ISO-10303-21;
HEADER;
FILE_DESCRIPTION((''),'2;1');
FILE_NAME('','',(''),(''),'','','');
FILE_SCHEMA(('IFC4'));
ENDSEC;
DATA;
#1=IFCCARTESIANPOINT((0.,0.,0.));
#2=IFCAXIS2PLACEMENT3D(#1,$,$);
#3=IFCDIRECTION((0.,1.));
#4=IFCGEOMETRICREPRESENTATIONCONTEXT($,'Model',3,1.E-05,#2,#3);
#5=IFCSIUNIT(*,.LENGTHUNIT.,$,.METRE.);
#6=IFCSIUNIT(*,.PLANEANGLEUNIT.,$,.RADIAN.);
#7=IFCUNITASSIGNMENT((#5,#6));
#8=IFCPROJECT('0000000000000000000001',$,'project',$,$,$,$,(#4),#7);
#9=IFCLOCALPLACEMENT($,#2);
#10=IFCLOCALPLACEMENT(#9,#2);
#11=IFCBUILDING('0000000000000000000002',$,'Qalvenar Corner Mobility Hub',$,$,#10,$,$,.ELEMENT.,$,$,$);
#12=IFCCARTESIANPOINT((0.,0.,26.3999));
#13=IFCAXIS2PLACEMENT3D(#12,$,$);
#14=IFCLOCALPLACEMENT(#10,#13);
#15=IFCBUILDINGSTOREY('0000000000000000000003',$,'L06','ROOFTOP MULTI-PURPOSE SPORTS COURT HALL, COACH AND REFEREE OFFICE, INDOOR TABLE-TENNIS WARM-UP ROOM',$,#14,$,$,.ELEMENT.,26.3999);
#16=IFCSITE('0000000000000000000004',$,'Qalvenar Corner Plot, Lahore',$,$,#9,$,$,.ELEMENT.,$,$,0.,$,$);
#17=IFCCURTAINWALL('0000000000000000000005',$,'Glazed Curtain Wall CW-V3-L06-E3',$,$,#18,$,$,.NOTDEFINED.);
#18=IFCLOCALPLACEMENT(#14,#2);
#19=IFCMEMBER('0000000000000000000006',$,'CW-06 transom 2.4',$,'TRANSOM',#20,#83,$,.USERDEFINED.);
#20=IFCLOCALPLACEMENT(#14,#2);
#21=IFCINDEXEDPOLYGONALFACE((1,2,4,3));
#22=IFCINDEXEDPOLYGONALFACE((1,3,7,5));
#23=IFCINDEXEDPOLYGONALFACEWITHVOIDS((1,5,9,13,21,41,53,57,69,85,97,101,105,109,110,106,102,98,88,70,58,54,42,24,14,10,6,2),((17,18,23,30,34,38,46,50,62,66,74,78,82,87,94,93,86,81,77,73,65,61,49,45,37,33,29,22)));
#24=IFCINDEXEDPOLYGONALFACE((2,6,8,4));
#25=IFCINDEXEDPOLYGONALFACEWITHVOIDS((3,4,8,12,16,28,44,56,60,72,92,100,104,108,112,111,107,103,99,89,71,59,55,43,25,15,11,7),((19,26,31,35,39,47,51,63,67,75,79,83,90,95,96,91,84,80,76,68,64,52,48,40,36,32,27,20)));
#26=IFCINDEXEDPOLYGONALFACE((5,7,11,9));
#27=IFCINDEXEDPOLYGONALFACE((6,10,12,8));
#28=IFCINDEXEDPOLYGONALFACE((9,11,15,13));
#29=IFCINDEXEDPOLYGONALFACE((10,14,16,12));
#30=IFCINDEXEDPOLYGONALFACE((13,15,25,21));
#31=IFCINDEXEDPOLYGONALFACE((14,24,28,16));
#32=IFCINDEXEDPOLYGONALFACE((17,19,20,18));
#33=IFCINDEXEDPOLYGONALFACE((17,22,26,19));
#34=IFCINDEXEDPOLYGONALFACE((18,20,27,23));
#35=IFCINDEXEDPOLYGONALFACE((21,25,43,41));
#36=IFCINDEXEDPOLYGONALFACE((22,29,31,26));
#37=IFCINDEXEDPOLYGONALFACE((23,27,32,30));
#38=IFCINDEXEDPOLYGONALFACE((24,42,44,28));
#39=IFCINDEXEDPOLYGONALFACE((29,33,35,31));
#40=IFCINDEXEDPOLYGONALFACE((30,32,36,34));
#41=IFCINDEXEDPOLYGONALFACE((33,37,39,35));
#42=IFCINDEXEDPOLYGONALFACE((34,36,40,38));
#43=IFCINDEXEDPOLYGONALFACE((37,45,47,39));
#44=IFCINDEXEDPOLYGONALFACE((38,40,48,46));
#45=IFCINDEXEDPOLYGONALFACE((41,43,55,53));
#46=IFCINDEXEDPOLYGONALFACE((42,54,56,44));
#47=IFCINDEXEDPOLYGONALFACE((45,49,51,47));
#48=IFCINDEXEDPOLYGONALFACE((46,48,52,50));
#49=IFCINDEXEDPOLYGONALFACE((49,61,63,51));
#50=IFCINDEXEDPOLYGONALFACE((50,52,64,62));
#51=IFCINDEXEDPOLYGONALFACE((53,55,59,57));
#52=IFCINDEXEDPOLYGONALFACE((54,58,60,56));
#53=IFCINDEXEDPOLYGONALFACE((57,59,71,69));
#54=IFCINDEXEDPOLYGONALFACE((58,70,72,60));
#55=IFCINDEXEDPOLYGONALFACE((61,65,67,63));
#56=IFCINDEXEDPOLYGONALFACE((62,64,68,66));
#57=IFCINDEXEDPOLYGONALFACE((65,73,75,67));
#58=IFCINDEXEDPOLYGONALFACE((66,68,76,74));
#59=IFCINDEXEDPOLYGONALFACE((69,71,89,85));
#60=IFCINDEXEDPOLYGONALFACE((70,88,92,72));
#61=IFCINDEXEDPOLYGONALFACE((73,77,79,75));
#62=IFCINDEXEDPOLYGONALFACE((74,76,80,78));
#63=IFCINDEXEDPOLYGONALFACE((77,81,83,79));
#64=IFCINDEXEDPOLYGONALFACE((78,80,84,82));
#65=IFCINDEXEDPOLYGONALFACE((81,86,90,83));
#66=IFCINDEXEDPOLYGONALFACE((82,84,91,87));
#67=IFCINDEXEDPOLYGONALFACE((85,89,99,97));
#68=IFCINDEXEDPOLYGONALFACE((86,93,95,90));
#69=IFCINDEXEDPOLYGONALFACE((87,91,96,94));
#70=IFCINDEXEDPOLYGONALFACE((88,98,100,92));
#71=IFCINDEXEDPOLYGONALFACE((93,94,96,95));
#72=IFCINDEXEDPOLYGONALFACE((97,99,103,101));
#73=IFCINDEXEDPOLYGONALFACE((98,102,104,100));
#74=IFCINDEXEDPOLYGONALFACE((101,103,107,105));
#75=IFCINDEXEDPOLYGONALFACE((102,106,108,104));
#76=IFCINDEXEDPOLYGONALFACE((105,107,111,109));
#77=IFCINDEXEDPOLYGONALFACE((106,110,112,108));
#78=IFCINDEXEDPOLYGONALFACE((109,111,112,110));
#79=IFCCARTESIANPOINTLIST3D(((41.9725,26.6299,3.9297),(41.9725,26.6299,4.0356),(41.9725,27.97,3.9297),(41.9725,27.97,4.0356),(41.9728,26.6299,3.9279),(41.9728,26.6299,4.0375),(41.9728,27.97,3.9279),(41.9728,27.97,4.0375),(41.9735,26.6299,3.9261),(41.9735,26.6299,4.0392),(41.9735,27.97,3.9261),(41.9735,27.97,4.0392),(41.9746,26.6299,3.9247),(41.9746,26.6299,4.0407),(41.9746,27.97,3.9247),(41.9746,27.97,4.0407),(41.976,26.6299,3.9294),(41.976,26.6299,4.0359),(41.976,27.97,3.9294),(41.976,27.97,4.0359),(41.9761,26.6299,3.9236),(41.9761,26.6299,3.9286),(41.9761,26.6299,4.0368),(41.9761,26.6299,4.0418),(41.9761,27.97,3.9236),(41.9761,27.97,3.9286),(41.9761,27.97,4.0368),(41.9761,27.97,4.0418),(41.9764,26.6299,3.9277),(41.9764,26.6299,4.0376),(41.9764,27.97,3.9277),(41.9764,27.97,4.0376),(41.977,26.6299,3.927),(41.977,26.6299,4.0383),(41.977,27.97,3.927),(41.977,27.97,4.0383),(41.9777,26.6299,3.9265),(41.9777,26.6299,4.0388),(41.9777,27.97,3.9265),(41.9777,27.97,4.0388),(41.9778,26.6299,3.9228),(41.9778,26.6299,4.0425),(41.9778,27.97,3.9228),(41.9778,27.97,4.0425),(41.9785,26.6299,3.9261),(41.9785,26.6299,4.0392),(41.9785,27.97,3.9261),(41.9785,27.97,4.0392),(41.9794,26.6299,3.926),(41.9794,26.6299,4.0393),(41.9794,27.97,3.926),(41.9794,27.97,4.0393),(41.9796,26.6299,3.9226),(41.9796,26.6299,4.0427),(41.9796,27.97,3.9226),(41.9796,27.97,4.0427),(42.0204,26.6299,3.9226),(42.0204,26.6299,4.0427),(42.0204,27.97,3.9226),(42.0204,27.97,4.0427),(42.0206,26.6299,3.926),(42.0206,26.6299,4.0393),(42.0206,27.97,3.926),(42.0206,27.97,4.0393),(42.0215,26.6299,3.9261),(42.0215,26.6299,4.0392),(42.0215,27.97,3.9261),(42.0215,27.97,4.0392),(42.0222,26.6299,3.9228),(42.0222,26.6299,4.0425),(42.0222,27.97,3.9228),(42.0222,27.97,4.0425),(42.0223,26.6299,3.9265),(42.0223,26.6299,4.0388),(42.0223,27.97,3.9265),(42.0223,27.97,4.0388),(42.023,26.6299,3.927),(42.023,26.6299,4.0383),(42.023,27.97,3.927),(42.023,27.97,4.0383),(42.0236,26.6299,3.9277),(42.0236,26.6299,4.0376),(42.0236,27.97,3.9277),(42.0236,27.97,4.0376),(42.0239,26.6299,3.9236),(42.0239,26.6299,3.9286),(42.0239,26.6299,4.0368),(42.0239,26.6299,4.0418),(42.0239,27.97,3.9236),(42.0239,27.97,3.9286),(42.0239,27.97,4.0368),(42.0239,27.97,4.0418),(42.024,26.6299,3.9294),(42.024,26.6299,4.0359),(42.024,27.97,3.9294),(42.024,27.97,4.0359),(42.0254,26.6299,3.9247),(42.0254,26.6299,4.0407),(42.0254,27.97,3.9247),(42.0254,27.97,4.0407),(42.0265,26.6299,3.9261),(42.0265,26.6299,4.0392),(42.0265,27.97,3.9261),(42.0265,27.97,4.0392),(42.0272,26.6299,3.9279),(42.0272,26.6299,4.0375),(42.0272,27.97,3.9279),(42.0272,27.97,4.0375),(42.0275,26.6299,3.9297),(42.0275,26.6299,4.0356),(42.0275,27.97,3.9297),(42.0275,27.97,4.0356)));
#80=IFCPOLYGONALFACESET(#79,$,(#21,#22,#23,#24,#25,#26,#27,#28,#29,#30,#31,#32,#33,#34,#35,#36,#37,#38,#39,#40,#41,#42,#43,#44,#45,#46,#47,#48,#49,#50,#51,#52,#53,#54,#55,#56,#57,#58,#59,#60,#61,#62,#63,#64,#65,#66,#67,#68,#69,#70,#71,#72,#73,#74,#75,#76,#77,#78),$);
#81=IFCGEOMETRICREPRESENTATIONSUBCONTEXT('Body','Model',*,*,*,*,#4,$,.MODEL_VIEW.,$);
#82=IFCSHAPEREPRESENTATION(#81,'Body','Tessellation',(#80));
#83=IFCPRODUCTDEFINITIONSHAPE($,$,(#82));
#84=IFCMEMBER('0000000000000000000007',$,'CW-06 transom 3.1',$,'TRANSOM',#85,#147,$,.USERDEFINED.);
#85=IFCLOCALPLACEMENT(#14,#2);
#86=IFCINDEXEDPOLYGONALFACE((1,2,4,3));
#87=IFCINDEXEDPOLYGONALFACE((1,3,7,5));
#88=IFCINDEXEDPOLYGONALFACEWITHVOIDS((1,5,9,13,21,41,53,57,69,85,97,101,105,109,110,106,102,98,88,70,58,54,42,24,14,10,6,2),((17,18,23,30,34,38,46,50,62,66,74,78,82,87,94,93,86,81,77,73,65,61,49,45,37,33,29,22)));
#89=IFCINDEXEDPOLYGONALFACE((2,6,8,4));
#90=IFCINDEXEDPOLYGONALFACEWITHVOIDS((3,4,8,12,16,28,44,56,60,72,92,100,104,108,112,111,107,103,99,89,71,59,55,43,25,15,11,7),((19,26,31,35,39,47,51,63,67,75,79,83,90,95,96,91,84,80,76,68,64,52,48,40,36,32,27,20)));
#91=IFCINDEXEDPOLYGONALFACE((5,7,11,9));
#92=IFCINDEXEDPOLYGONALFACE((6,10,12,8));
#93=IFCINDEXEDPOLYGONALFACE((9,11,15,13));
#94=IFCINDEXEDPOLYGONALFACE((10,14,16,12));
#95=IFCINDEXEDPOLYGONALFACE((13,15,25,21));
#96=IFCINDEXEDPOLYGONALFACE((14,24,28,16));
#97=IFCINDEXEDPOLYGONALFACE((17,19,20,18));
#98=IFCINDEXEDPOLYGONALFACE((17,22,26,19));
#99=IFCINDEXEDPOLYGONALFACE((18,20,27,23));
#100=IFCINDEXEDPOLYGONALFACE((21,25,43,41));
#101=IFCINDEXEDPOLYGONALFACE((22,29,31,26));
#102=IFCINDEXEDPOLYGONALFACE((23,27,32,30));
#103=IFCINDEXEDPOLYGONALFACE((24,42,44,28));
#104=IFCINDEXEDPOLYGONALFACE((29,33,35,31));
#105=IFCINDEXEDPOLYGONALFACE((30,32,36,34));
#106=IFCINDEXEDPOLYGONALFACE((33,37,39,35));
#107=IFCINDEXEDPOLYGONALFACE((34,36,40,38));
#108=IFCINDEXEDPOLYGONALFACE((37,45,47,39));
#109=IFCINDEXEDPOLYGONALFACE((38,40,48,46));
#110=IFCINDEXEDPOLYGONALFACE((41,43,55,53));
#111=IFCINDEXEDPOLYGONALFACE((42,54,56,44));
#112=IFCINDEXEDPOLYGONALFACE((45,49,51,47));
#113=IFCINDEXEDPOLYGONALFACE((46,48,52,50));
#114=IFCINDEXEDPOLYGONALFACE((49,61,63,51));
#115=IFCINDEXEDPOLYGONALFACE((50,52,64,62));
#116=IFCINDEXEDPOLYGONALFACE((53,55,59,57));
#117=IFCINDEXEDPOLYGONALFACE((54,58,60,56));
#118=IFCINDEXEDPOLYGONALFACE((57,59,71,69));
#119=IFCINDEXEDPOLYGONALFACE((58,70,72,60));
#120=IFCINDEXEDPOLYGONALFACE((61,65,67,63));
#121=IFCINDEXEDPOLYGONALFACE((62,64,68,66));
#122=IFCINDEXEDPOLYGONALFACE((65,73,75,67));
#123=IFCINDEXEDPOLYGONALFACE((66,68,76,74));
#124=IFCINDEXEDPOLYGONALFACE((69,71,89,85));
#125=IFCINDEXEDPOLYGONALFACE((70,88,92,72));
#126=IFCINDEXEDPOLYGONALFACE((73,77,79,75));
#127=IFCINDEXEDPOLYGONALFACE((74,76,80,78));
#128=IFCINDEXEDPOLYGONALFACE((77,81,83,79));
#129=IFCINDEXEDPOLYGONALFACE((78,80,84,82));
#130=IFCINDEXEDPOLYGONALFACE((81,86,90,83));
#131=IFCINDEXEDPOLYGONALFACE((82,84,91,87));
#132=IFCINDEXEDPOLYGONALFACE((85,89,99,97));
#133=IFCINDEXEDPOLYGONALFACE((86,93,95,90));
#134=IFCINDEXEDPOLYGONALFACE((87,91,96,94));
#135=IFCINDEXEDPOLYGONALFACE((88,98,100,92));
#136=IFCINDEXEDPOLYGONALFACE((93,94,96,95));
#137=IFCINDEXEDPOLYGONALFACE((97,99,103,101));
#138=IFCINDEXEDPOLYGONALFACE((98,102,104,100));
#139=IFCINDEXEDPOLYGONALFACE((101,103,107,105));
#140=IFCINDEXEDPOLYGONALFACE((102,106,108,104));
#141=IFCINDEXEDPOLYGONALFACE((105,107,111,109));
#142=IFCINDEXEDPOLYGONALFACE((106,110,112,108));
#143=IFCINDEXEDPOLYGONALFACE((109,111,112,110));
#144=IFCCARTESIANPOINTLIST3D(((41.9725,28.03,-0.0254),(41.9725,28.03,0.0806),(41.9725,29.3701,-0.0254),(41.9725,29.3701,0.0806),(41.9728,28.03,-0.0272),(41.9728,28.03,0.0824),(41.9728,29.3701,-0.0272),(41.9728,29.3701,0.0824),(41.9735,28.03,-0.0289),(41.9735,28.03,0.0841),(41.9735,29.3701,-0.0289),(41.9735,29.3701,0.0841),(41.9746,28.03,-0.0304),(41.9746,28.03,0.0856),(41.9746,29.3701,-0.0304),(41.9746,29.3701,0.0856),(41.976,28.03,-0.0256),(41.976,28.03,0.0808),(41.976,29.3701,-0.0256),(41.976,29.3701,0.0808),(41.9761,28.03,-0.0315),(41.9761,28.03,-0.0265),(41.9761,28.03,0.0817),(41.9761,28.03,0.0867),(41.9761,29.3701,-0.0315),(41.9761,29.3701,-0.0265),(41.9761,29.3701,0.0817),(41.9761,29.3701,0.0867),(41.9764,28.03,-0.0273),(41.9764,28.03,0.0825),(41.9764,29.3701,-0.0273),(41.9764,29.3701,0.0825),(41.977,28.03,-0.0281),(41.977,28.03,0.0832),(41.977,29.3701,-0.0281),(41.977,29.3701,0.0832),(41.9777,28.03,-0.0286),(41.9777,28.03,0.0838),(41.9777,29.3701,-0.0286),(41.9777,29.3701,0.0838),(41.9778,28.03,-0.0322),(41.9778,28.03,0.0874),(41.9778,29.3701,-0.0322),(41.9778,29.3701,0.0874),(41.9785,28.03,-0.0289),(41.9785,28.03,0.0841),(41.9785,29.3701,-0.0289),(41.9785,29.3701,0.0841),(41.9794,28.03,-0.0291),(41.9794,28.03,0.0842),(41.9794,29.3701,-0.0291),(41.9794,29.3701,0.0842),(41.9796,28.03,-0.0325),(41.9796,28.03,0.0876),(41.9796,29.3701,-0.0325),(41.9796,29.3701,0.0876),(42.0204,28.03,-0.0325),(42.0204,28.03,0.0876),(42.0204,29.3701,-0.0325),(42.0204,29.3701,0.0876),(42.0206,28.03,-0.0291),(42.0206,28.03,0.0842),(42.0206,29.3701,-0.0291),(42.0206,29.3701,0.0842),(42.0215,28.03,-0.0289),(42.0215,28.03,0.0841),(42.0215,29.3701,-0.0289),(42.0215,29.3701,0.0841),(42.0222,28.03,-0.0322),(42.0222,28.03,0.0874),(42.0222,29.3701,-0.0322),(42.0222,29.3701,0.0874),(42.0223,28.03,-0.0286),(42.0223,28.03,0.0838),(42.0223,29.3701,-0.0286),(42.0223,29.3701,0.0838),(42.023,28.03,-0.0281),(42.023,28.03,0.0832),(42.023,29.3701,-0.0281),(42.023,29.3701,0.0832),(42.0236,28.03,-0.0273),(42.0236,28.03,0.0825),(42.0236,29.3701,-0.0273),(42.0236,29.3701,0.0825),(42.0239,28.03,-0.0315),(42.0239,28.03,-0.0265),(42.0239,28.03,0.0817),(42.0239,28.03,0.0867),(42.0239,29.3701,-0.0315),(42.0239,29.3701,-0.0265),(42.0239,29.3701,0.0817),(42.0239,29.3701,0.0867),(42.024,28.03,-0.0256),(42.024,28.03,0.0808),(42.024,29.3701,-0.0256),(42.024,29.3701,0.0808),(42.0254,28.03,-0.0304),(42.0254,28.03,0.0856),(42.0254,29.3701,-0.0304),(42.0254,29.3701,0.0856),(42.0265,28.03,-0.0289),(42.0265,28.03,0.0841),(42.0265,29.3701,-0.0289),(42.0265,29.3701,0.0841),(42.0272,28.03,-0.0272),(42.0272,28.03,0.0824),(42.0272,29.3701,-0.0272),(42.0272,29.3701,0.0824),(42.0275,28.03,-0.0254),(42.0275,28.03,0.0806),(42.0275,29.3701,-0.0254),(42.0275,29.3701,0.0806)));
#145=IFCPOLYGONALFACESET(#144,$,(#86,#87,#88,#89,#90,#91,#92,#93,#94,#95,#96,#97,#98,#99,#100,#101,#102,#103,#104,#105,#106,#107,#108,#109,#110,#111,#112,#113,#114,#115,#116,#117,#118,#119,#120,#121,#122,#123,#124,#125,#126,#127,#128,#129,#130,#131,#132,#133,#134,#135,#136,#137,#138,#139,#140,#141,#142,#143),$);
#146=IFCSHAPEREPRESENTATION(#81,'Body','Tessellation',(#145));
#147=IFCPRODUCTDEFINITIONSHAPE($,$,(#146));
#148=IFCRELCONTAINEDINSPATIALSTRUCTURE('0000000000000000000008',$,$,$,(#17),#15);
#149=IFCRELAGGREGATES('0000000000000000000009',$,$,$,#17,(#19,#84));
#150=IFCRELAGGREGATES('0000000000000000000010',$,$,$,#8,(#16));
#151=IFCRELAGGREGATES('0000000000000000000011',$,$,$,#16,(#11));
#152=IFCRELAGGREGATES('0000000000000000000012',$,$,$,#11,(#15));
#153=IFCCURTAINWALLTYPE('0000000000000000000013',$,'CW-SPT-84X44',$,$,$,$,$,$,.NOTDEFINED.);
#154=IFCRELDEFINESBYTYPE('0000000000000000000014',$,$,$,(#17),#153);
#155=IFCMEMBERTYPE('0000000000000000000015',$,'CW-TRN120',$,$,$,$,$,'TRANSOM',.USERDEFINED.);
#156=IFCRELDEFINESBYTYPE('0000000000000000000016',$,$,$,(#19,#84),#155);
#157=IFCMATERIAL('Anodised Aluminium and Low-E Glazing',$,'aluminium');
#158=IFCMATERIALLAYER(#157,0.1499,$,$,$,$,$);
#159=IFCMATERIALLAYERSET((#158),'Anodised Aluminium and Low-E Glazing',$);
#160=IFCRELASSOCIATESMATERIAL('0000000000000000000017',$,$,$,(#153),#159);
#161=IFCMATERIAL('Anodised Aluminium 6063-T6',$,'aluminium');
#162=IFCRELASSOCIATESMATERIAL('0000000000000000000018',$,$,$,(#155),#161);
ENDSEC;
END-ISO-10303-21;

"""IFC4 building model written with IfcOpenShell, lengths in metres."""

from ifc_helpers import new_model, si_unit, direction, frame, origin, origin_2d, place, context, subcontext, project, spatial, hollow_rectangle, extrude, material, layer, layer_set, material_profile, profile_set, type_object, element, aggregate, save


model = new_model("IFC4")

# Units and contexts
model_context = context("Model", 3, precision=1e-05, world=origin(), true_north=direction((0.0, 1.0)))
body_context = subcontext(model_context, "Body", "Model", "MODEL_VIEW")
ifc_project = project(units=[si_unit("LENGTHUNIT", "METRE"), si_unit("PLANEANGLEUNIT", "RADIAN")], contexts=[model_context])

# Site, building, storey
site_placement = place(None, origin())
site = spatial("IfcSite", under=ifc_project, at=site_placement, Name="Qalvenar Corner Plot, Lahore", CompositionType="ELEMENT", RefElevation=0.0)
building_placement = place(site_placement, origin())
building = spatial("IfcBuilding", under=site, at=building_placement, Name="Qalvenar Corner Mobility Hub", CompositionType="ELEMENT")
storey_placement = place(building_placement, frame((0.0, 0.0, 26.3999)))
storey = spatial("IfcBuildingStorey", under=building, at=storey_placement, Name="L06", Description="ROOFTOP MULTI-PURPOSE SPORTS COURT HALL, COACH AND REFEREE OFFICE, INDOOR TABLE-TENNIS WARM-UP ROOM", CompositionType="ELEMENT", Elevation=26.3999)

# Shared definitions
ifc_material_1 = material(Name="Anodised Aluminium and Low-E Glazing", Category="aluminium")
ifc_material_2 = material(Name="Anodised Aluminium 6063-T6", Category="aluminium")

# Curtain wall
ifc_layer_1 = layer(ifc_material_1, 0.1499)
ifc_layer_set_1 = layer_set([ifc_layer_1], Name="Anodised Aluminium and Low-E Glazing")
curtain_wall_type_1 = type_object("IfcCurtainWallType", Name="CW-SPT-84X44", PredefinedType="NOTDEFINED", material=ifc_layer_set_1)
curtain_wall_1_placement = place(storey_placement, origin())
curtain_wall_1 = element("IfcCurtainWall", 1, at=curtain_wall_1_placement, inside=storey, type_object=curtain_wall_type_1, Name="Glazed Curtain Wall CW-V3-L06-E3", PredefinedType="NOTDEFINED")

# Members
ifc_material_profile_1 = material_profile(ifc_material_2, hollow_rectangle(XDim=0.0549, YDim=0.1201, WallThickness=0.0034, InnerFilletRadius=0.0034, OuterFilletRadius=0.0071, at=origin_2d()), Name="RHS120x55x3.5")
ifc_profile_set_1 = profile_set([ifc_material_profile_1], Name="Anodised Aluminium 6063-T6")
member_type_1 = type_object("IfcMemberType", Name="CW-TRN120", ElementType="TRANSOM", PredefinedType="USERDEFINED", material=ifc_profile_set_1)
member_1_placement = place(storey_placement, frame((42.0, 26.6299, 3.9827), z_axis=(0.0, 1.0, 0.0), x_axis=(-1.0, 0.0, 0.0)))
member_1 = element("IfcMember", 2, at=member_1_placement, type_object=member_type_1, Name="CW-06 transom 2.4", ObjectType="TRANSOM", PredefinedType="USERDEFINED", context=body_context, shape_type="SweptSolid", body=[
    extrude(hollow_rectangle(XDim=0.0549, YDim=0.1201, WallThickness=0.0034, InnerFilletRadius=0.0034, OuterFilletRadius=0.0071, at=origin_2d()), origin(), (0.0, 0.0, 1.0), 1.3401),
])
member_2_placement = place(storey_placement, frame((42.0, 28.03, 0.0276), z_axis=(0.0, 1.0, 0.0), x_axis=(-1.0, 0.0, 0.0)))
member_2 = element("IfcMember", 3, at=member_2_placement, type_object=member_type_1, Name="CW-06 transom 3.1", ObjectType="TRANSOM", PredefinedType="USERDEFINED", context=body_context, shape_type="SweptSolid", body=[
    extrude(hollow_rectangle(XDim=0.0549, YDim=0.1201, WallThickness=0.0034, InnerFilletRadius=0.0034, OuterFilletRadius=0.0071, at=origin_2d()), origin(), (0.0, 0.0, 1.0), 1.3401),
])

aggregate(curtain_wall_1, [member_1, member_2])

save(model, "model.ifc")
